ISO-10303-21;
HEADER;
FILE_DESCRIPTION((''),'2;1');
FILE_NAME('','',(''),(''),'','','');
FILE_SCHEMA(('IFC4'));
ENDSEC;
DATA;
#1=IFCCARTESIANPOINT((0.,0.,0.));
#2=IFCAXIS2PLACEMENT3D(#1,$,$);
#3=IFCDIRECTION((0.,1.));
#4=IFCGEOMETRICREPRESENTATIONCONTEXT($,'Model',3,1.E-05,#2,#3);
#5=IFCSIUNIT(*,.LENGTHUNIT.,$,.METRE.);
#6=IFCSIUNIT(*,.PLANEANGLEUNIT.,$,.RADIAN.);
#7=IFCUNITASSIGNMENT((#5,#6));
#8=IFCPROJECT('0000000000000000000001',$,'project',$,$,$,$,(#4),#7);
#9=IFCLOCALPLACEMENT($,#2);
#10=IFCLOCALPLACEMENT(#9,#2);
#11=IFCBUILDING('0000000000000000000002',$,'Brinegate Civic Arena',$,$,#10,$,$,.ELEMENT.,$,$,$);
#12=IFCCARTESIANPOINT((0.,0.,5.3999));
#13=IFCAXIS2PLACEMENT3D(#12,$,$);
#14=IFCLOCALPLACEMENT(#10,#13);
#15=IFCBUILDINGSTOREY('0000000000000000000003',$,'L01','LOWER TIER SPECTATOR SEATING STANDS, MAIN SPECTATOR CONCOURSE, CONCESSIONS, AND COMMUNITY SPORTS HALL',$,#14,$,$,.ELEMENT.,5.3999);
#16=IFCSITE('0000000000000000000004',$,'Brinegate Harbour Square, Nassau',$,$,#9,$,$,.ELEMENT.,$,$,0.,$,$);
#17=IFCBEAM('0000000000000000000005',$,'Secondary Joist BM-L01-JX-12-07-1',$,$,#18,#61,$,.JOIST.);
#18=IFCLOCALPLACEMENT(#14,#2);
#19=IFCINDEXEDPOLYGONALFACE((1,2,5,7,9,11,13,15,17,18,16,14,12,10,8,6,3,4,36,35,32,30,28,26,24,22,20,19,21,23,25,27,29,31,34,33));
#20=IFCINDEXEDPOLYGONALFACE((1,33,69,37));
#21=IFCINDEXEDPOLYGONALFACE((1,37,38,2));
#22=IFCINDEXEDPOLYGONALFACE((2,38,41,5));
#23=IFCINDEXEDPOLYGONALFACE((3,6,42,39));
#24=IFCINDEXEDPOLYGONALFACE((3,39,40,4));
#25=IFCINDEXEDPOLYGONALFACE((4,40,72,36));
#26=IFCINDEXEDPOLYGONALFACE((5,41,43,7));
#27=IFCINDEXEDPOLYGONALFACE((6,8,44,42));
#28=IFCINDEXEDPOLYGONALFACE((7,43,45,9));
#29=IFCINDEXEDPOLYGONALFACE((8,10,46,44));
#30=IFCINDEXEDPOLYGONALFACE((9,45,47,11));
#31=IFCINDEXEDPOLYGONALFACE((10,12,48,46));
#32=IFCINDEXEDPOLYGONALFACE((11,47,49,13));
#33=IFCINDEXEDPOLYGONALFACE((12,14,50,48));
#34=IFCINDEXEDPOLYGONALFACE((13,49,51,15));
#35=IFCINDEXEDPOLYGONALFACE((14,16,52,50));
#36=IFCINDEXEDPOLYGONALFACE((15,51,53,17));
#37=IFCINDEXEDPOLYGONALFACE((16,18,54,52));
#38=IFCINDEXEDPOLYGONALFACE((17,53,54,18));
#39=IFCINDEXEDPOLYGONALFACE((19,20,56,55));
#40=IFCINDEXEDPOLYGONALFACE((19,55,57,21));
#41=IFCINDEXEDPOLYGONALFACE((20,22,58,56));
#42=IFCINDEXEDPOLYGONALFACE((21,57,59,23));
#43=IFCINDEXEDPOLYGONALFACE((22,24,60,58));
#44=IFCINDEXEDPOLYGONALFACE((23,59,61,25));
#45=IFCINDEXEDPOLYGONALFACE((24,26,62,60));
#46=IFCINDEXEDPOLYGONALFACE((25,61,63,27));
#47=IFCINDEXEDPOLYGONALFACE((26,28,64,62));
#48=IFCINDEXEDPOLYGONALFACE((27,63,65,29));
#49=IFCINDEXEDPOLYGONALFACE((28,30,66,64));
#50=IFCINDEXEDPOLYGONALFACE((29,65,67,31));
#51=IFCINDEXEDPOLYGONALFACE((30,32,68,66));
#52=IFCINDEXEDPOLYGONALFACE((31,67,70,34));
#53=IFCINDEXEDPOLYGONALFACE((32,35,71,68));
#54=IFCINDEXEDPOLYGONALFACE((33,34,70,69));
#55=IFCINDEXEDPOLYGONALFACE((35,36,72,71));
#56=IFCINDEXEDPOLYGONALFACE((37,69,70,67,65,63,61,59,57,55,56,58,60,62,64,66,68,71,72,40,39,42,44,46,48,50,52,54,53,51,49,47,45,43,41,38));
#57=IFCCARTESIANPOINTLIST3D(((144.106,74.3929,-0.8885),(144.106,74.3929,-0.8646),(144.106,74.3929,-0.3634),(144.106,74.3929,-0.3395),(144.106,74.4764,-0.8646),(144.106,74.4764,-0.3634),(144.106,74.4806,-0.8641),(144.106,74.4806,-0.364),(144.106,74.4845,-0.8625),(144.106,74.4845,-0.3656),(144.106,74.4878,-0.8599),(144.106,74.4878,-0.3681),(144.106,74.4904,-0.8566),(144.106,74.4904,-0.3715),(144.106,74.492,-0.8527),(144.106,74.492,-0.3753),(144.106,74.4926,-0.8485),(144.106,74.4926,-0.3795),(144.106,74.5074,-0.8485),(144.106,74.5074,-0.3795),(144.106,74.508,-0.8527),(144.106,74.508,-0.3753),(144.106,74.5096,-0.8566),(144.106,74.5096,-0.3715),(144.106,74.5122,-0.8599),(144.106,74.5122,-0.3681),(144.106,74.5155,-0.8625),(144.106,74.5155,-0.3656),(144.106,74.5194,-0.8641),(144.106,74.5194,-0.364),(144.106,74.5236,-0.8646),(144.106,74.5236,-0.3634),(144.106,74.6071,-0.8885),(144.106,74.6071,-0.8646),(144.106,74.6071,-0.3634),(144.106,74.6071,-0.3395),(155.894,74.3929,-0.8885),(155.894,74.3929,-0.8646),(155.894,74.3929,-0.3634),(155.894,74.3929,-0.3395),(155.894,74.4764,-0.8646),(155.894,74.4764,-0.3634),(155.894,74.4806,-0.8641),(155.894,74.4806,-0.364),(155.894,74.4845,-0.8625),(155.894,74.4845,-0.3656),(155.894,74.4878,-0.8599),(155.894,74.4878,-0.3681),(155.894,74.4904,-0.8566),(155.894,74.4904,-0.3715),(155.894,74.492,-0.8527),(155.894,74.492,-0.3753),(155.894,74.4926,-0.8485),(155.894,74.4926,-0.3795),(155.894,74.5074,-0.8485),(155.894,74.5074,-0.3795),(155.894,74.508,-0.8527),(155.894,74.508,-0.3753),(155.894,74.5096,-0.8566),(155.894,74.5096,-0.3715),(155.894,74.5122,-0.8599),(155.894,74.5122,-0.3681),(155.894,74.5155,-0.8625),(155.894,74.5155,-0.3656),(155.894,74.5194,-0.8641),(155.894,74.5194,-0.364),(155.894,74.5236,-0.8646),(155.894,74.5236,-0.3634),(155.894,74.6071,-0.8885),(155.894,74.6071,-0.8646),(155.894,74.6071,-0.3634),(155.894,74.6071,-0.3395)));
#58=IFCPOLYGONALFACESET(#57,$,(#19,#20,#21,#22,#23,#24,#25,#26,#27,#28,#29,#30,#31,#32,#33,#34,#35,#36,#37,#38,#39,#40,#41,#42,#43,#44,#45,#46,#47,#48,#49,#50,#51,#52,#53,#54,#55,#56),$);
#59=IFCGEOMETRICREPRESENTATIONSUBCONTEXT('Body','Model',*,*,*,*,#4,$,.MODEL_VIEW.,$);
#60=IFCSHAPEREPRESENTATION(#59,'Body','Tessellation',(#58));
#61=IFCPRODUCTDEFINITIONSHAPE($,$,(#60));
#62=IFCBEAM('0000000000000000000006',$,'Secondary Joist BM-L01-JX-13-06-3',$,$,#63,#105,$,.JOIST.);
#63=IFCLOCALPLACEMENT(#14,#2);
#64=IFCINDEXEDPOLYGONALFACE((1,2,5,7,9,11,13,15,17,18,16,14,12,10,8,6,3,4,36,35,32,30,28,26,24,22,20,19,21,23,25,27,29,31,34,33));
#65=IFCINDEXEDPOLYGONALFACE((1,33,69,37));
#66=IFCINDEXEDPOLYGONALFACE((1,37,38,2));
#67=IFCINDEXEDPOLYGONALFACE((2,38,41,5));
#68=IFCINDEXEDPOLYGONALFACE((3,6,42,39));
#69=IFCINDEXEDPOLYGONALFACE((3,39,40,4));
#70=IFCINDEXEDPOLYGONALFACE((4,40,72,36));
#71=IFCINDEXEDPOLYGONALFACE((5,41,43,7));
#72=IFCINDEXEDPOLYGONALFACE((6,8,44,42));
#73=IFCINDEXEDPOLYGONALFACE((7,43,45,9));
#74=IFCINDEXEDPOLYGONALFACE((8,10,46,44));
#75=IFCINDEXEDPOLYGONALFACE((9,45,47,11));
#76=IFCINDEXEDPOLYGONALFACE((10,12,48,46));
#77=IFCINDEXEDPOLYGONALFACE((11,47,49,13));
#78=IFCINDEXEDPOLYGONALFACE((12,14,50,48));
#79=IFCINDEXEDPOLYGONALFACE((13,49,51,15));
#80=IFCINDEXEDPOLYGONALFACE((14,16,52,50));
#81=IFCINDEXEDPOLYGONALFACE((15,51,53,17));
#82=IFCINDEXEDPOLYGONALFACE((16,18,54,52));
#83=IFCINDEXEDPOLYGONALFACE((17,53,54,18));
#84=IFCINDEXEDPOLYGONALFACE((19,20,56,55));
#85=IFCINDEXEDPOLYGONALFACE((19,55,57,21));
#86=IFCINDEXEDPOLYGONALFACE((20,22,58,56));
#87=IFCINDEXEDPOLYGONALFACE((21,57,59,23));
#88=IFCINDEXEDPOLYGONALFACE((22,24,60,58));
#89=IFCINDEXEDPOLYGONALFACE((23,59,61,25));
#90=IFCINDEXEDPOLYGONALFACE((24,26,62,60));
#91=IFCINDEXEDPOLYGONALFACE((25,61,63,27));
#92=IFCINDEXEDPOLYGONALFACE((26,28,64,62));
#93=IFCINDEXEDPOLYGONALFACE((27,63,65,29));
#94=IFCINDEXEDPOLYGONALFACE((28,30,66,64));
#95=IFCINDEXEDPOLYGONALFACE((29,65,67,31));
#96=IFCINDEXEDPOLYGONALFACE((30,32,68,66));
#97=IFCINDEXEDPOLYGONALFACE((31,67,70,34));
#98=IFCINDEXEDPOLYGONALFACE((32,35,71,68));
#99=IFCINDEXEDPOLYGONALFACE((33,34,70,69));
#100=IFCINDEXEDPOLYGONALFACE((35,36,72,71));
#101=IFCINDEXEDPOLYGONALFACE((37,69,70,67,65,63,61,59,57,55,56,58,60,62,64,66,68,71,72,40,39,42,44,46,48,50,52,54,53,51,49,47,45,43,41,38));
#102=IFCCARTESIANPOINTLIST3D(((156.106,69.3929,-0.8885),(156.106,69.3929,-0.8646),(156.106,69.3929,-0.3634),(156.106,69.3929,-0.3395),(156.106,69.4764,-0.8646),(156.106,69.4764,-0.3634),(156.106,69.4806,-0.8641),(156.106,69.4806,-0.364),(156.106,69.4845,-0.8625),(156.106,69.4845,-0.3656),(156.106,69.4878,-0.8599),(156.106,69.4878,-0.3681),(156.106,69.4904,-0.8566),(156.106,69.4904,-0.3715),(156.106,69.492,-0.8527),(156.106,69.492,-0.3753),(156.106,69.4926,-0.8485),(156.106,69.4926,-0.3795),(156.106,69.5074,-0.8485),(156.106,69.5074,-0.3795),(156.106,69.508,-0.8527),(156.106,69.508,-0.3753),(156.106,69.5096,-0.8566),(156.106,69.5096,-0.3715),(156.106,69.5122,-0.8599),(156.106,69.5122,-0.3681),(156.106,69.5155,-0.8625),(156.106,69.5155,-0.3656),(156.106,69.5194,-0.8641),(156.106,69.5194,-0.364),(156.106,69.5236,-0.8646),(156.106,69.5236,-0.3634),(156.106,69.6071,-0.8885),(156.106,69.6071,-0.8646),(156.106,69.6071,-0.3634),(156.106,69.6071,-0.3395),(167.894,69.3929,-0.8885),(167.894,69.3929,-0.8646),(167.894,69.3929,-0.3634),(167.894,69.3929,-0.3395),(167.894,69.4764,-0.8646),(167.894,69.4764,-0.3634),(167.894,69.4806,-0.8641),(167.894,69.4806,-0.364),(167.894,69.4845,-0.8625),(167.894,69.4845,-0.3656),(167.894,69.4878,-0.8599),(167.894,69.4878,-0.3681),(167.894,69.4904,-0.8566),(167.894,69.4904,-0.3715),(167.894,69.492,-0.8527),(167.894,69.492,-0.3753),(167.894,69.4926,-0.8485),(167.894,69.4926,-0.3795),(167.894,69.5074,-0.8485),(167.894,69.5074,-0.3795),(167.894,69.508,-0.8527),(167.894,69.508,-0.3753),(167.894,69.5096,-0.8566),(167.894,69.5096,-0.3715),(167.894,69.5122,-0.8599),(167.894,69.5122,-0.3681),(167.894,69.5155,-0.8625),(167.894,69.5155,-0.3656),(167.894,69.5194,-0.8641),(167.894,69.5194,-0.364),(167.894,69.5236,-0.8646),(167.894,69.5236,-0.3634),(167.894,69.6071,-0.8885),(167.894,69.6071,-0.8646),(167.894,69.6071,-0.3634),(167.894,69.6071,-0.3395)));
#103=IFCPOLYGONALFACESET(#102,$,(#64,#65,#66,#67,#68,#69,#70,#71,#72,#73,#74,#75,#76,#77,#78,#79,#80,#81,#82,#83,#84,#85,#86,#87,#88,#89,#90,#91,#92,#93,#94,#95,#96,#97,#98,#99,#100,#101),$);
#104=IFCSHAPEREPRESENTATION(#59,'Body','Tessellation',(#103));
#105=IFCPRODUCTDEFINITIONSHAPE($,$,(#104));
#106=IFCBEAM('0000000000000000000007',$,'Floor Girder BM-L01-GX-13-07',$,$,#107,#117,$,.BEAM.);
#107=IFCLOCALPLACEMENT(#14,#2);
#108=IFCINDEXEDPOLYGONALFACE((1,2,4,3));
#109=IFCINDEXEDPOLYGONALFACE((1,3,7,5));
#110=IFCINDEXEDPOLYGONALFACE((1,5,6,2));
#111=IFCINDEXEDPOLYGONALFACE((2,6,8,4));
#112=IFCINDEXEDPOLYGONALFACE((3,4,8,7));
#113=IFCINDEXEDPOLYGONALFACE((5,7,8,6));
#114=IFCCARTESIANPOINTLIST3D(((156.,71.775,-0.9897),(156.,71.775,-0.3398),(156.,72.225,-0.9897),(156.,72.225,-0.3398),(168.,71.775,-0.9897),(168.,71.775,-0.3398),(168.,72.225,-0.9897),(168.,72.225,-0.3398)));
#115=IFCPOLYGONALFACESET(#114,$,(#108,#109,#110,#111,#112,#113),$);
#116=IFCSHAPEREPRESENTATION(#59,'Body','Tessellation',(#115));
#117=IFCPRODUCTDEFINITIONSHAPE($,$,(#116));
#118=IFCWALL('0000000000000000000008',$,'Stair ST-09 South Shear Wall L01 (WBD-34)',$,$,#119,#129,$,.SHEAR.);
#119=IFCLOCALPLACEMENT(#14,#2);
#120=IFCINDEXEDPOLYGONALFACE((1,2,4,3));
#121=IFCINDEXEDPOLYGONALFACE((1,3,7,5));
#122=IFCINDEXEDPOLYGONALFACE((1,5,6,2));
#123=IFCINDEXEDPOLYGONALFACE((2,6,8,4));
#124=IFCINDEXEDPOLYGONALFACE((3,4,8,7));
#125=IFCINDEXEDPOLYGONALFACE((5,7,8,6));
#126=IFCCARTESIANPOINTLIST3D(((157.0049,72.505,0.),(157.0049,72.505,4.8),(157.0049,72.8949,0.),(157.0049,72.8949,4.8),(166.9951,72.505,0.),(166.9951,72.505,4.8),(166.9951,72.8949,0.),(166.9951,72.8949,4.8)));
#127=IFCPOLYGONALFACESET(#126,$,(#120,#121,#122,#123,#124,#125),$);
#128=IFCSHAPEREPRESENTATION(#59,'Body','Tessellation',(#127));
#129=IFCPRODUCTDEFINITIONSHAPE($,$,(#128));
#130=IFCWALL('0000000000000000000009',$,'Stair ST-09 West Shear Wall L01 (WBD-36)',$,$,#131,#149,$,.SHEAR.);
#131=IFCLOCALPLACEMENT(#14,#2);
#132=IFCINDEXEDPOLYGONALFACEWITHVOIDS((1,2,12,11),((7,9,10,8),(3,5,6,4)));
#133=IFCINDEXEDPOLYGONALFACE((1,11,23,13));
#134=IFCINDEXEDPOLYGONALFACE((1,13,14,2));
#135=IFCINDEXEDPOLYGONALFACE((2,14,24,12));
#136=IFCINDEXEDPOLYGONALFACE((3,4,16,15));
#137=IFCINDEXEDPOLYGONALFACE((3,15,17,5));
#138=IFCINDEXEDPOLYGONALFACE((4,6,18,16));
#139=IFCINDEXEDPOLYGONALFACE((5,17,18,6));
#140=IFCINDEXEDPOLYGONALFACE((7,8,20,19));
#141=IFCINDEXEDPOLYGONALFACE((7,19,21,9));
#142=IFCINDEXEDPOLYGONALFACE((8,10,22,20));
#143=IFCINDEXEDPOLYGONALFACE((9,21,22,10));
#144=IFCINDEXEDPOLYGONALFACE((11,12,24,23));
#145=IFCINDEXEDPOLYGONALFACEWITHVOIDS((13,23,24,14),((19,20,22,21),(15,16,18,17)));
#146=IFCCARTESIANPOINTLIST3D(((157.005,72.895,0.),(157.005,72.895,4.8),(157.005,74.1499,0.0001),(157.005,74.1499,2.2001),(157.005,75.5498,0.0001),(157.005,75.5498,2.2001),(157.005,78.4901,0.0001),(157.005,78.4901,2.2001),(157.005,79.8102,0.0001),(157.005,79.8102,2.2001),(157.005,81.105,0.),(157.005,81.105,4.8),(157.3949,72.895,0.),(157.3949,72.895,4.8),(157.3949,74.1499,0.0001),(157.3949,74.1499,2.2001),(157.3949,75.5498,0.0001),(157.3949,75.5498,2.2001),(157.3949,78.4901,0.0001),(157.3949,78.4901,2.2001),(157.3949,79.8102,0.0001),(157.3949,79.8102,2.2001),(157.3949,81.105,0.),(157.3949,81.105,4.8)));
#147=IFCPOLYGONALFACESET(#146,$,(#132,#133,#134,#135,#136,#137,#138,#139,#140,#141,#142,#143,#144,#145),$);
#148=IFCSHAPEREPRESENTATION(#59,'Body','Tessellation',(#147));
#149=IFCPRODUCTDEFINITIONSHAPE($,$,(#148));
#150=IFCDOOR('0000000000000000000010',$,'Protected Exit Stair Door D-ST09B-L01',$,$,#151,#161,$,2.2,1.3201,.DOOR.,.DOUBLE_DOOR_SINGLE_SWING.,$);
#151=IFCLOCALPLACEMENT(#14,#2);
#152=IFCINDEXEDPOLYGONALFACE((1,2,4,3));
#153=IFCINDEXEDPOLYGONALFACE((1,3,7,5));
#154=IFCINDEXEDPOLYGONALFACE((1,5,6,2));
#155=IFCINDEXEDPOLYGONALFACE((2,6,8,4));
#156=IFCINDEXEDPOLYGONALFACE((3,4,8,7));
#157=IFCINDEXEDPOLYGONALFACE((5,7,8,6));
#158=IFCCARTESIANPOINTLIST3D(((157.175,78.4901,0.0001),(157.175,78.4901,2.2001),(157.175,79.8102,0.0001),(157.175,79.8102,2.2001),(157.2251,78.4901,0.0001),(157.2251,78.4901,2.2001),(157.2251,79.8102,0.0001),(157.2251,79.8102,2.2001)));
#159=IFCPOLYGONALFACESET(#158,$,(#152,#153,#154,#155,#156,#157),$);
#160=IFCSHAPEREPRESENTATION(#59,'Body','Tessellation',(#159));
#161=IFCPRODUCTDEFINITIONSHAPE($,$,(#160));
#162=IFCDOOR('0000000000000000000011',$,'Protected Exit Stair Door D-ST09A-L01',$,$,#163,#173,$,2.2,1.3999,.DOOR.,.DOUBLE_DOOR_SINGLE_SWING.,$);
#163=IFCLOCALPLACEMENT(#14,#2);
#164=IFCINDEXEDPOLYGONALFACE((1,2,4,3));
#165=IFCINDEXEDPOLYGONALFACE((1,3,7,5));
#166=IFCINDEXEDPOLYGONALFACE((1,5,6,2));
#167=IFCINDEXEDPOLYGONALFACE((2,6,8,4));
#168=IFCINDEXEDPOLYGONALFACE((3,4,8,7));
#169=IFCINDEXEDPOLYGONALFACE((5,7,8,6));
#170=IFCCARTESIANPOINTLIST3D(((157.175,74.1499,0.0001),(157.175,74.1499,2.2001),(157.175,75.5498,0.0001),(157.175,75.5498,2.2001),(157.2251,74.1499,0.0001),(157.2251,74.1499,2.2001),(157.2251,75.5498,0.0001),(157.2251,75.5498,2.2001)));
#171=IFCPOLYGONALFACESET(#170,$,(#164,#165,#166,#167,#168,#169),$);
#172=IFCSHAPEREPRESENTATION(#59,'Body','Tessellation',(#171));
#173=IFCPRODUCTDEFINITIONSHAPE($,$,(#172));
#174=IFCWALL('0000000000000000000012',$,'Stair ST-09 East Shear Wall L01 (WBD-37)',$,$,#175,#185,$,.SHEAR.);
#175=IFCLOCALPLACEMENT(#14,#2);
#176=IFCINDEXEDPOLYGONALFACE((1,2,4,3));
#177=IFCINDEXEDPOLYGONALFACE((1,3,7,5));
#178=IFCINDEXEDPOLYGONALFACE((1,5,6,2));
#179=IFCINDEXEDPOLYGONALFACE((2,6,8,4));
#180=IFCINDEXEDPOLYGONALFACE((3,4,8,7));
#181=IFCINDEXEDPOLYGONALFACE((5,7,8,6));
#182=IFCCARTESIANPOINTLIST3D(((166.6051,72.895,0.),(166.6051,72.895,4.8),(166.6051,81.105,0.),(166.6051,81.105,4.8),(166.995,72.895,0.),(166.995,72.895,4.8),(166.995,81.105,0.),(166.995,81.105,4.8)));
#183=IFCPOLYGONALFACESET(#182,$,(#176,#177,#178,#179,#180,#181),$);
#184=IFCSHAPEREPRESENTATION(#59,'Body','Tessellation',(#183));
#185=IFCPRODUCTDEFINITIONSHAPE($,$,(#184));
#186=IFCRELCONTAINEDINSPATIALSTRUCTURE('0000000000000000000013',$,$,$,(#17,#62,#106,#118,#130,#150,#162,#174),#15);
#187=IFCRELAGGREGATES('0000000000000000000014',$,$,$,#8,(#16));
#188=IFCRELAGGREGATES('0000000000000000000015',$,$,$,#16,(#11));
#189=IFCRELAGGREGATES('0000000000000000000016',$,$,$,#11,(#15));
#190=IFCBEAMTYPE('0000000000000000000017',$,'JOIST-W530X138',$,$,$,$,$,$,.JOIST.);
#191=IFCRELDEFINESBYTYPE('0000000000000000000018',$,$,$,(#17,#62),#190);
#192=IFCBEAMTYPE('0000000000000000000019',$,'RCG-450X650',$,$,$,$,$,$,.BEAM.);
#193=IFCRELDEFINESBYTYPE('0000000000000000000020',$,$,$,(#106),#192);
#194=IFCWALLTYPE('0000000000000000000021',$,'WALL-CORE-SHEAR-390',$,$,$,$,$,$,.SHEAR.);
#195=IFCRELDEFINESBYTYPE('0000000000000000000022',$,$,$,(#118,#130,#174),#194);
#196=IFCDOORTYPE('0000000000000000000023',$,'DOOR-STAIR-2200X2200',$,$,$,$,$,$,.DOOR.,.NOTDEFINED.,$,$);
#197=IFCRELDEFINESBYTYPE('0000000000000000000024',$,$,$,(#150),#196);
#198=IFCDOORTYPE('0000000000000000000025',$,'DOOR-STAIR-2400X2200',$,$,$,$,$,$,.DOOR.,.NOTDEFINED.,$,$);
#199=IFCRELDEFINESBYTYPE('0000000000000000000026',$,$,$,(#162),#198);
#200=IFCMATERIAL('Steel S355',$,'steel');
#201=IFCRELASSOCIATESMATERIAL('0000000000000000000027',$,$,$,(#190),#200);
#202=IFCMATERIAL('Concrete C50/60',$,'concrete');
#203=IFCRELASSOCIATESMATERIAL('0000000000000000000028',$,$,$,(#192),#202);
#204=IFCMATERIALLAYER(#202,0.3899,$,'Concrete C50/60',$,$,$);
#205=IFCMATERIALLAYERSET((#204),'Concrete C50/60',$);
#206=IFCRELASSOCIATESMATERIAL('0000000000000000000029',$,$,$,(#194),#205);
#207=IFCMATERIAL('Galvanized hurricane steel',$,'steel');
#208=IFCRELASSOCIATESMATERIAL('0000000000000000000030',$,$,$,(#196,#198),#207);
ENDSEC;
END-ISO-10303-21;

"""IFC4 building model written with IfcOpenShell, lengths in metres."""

from ifc_helpers import new_model, si_unit, direction, frame, frame_2d, origin, origin_2d, place, context, subcontext, project, spatial, rectangle, i_section, extrude, material, layer, layer_set, material_profile, profile_set, type_object, element, fill, save


model = new_model("IFC4")

# Units and contexts
model_context = context("Model", 3, precision=1e-05, world=origin(), true_north=direction((0.0, 1.0)))
body_context = subcontext(model_context, "Body", "Model", "MODEL_VIEW")
ifc_project = project(units=[si_unit("LENGTHUNIT", "METRE"), si_unit("PLANEANGLEUNIT", "RADIAN")], contexts=[model_context])

# Site, building, storey
site_placement = place(None, origin())
site = spatial("IfcSite", under=ifc_project, at=site_placement, Name="Brinegate Harbour Square, Nassau", CompositionType="ELEMENT", RefElevation=0.0)
building_placement = place(site_placement, origin())
building = spatial("IfcBuilding", under=site, at=building_placement, Name="Brinegate Civic Arena", CompositionType="ELEMENT")
storey_placement = place(building_placement, frame((0.0, 0.0, 5.3999)))
storey = spatial("IfcBuildingStorey", under=building, at=storey_placement, Name="L01", Description="LOWER TIER SPECTATOR SEATING STANDS, MAIN SPECTATOR CONCOURSE, CONCESSIONS, AND COMMUNITY SPORTS HALL", CompositionType="ELEMENT", Elevation=5.3999)

# Shared definitions
ifc_material_1 = material(Name="Concrete C50/60", Category="concrete")

# Beams
ifc_material_2 = material(Name="Steel S355", Category="steel")
ifc_material_profile_1 = material_profile(ifc_material_2, i_section(OverallWidth=0.2141, OverallDepth=0.5491, WebThickness=0.0149, FlangeThickness=0.0239, FilletRadius=0.0161, at=origin_2d()), Name="W530X138")
ifc_profile_set_1 = profile_set([ifc_material_profile_1], Name="Steel S355")
beam_type_1 = type_object("IfcBeamType", Name="JOIST-W530X138", PredefinedType="JOIST", material=ifc_profile_set_1)
for number, where, z_axis, x_axis, name in (
    (1, (144.106, 74.5, -0.614), (1.0, 0.0, 0.0), (0.0, 1.0, 0.0), "Secondary Joist BM-L01-JX-12-07-1"),
    (2, (156.106, 69.5, -0.614), (1.0, 0.0, 0.0), (0.0, 1.0, 0.0), "Secondary Joist BM-L01-JX-13-06-3"),
):
    element("IfcBeam", number, at=place(storey_placement, frame(where, z_axis=z_axis, x_axis=x_axis)), inside=storey, type_object=beam_type_1, Name=name, PredefinedType="JOIST", context=body_context, shape_type="SweptSolid", body=[
        extrude(i_section(OverallWidth=0.2141, OverallDepth=0.5491, WebThickness=0.0149, FlangeThickness=0.0239, FilletRadius=0.0161, at=origin_2d()), origin(), (0.0, 0.0, 1.0), 11.7881),
    ])
ifc_material_profile_2 = material_profile(ifc_material_1, rectangle(XDim=0.45, YDim=0.6499, at=origin_2d()), Name="RCB450X650")
ifc_profile_set_2 = profile_set([ifc_material_profile_2], Name="Concrete C50/60")
beam_type_2 = type_object("IfcBeamType", Name="RCG-450X650", PredefinedType="BEAM", material=ifc_profile_set_2)
beam_1_placement = place(storey_placement, frame((156.0, 72.0, -0.6648), z_axis=(1.0, 0.0, 0.0), x_axis=(0.0, 1.0, 0.0)))
element("IfcBeam", 3, at=beam_1_placement, inside=storey, type_object=beam_type_2, Name="Floor Girder BM-L01-GX-13-07", PredefinedType="BEAM", context=body_context, shape_type="SweptSolid", body=[
    extrude(rectangle(XDim=0.45, YDim=0.6499, at=origin_2d()), origin(), (0.0, 0.0, 1.0), 12.0),
])

# Wall
ifc_layer_1 = layer(ifc_material_1, 0.3899, Name="Concrete C50/60")
ifc_layer_set_1 = layer_set([ifc_layer_1], Name="Concrete C50/60")
wall_type_1 = type_object("IfcWallType", Name="WALL-CORE-SHEAR-390", PredefinedType="SHEAR", material=ifc_layer_set_1)
wall_1_placement = place(storey_placement, frame((157.0049, 72.7, 0.0), z_axis=(0.0, 0.0, 1.0), x_axis=(1.0, 0.0, 0.0)))
element("IfcWall", 4, at=wall_1_placement, inside=storey, type_object=wall_type_1, Name="Stair ST-09 South Shear Wall L01 (WBD-34)", PredefinedType="SHEAR", context=body_context, shape_type="SweptSolid", body=[
    extrude(rectangle(XDim=9.9902, YDim=0.3899, at=frame_2d((4.9951, 0.0))), origin(), (0.0, 0.0, 1.0), 4.8),
])

# Wall, openings, doors
wall_2_placement = place(storey_placement, frame((157.2, 72.895, 0.0), z_axis=(0.0, 0.0, 1.0), x_axis=(0.0, 1.0, 0.0)))
wall_2 = element("IfcWall", 5, at=wall_2_placement, inside=storey, type_object=wall_type_1, Name="Stair ST-09 West Shear Wall L01 (WBD-36)", PredefinedType="SHEAR", context=body_context, shape_type="SweptSolid", body=[
    extrude(rectangle(XDim=8.21, YDim=0.3899, at=frame_2d((4.105, 0.0))), origin(), (0.0, 0.0, 1.0), 4.8),
])
opening_1_placement = place(wall_2_placement, frame((1.2549, 0.0, 0.0)))
opening_1 = element("IfcOpeningElement", 6, at=opening_1_placement, cuts=wall_2, PredefinedType="OPENING", context=body_context, shape_type="SweptSolid", body=[
    extrude(rectangle(XDim=1.3999, YDim=2.2, at=frame_2d((0.7, 1.1001))), frame((0.0, 0.2048, 0.0), z_axis=(0.0, -1.0, 0.0), x_axis=(1.0, 0.0, 0.0)), (0.0, 0.0, 1.0), 0.4099),
])
opening_2_placement = place(wall_2_placement, frame((5.595, 0.0, 0.0)))
opening_2 = element("IfcOpeningElement", 7, at=opening_2_placement, cuts=wall_2, PredefinedType="OPENING", context=body_context, shape_type="SweptSolid", body=[
    extrude(rectangle(XDim=1.3201, YDim=2.2, at=frame_2d((0.6602, 1.1001))), frame((0.0, 0.2048, 0.0), z_axis=(0.0, -1.0, 0.0), x_axis=(1.0, 0.0, 0.0)), (0.0, 0.0, 1.0), 0.4099),
])
ifc_material_3 = material(Name="Galvanized hurricane steel", Category="steel")
door_type_1 = type_object("IfcDoorType", Name="DOOR-STAIR-2200X2200", OperationType="NOTDEFINED", PredefinedType="DOOR", material=ifc_material_3)
door_1_placement = place(opening_2_placement, origin())
door_1 = element("IfcDoor", 8, at=door_1_placement, inside=storey, type_object=door_type_1, Name="Protected Exit Stair Door D-ST09B-L01", OperationType="DOUBLE_DOOR_SINGLE_SWING", OverallHeight=2.2, OverallWidth=1.3201, PredefinedType="DOOR", context=body_context, shape_type="SweptSolid", body=[
    extrude(rectangle(XDim=1.3201, YDim=2.2, at=frame_2d((0.6602, 1.1001))), frame((0.0, 0.0249, 0.0), z_axis=(0.0, -1.0, 0.0), x_axis=(1.0, 0.0, 0.0)), (0.0, 0.0, 1.0), 0.05),
])
fill(opening_2, door_1)
door_type_2 = type_object("IfcDoorType", Name="DOOR-STAIR-2400X2200", OperationType="NOTDEFINED", PredefinedType="DOOR", material=ifc_material_3)
door_2_placement = place(opening_1_placement, origin())
door_2 = element("IfcDoor", 9, at=door_2_placement, inside=storey, type_object=door_type_2, Name="Protected Exit Stair Door D-ST09A-L01", OperationType="DOUBLE_DOOR_SINGLE_SWING", OverallHeight=2.2, OverallWidth=1.3999, PredefinedType="DOOR", context=body_context, shape_type="SweptSolid", body=[
    extrude(rectangle(XDim=1.3999, YDim=2.2, at=frame_2d((0.7, 1.1001))), frame((0.0, 0.0249, 0.0), z_axis=(0.0, -1.0, 0.0), x_axis=(1.0, 0.0, 0.0)), (0.0, 0.0, 1.0), 0.05),
])
fill(opening_1, door_2)

# Wall
wall_3_placement = place(storey_placement, frame((166.8, 72.895, 0.0), z_axis=(0.0, 0.0, 1.0), x_axis=(0.0, 1.0, 0.0)))
element("IfcWall", 10, at=wall_3_placement, inside=storey, type_object=wall_type_1, Name="Stair ST-09 East Shear Wall L01 (WBD-37)", PredefinedType="SHEAR", context=body_context, shape_type="SweptSolid", body=[
    extrude(rectangle(XDim=8.21, YDim=0.3899, at=frame_2d((4.105, 0.0))), origin(), (0.0, 0.0, 1.0), 4.8),
])

save(model, "model.ifc")
